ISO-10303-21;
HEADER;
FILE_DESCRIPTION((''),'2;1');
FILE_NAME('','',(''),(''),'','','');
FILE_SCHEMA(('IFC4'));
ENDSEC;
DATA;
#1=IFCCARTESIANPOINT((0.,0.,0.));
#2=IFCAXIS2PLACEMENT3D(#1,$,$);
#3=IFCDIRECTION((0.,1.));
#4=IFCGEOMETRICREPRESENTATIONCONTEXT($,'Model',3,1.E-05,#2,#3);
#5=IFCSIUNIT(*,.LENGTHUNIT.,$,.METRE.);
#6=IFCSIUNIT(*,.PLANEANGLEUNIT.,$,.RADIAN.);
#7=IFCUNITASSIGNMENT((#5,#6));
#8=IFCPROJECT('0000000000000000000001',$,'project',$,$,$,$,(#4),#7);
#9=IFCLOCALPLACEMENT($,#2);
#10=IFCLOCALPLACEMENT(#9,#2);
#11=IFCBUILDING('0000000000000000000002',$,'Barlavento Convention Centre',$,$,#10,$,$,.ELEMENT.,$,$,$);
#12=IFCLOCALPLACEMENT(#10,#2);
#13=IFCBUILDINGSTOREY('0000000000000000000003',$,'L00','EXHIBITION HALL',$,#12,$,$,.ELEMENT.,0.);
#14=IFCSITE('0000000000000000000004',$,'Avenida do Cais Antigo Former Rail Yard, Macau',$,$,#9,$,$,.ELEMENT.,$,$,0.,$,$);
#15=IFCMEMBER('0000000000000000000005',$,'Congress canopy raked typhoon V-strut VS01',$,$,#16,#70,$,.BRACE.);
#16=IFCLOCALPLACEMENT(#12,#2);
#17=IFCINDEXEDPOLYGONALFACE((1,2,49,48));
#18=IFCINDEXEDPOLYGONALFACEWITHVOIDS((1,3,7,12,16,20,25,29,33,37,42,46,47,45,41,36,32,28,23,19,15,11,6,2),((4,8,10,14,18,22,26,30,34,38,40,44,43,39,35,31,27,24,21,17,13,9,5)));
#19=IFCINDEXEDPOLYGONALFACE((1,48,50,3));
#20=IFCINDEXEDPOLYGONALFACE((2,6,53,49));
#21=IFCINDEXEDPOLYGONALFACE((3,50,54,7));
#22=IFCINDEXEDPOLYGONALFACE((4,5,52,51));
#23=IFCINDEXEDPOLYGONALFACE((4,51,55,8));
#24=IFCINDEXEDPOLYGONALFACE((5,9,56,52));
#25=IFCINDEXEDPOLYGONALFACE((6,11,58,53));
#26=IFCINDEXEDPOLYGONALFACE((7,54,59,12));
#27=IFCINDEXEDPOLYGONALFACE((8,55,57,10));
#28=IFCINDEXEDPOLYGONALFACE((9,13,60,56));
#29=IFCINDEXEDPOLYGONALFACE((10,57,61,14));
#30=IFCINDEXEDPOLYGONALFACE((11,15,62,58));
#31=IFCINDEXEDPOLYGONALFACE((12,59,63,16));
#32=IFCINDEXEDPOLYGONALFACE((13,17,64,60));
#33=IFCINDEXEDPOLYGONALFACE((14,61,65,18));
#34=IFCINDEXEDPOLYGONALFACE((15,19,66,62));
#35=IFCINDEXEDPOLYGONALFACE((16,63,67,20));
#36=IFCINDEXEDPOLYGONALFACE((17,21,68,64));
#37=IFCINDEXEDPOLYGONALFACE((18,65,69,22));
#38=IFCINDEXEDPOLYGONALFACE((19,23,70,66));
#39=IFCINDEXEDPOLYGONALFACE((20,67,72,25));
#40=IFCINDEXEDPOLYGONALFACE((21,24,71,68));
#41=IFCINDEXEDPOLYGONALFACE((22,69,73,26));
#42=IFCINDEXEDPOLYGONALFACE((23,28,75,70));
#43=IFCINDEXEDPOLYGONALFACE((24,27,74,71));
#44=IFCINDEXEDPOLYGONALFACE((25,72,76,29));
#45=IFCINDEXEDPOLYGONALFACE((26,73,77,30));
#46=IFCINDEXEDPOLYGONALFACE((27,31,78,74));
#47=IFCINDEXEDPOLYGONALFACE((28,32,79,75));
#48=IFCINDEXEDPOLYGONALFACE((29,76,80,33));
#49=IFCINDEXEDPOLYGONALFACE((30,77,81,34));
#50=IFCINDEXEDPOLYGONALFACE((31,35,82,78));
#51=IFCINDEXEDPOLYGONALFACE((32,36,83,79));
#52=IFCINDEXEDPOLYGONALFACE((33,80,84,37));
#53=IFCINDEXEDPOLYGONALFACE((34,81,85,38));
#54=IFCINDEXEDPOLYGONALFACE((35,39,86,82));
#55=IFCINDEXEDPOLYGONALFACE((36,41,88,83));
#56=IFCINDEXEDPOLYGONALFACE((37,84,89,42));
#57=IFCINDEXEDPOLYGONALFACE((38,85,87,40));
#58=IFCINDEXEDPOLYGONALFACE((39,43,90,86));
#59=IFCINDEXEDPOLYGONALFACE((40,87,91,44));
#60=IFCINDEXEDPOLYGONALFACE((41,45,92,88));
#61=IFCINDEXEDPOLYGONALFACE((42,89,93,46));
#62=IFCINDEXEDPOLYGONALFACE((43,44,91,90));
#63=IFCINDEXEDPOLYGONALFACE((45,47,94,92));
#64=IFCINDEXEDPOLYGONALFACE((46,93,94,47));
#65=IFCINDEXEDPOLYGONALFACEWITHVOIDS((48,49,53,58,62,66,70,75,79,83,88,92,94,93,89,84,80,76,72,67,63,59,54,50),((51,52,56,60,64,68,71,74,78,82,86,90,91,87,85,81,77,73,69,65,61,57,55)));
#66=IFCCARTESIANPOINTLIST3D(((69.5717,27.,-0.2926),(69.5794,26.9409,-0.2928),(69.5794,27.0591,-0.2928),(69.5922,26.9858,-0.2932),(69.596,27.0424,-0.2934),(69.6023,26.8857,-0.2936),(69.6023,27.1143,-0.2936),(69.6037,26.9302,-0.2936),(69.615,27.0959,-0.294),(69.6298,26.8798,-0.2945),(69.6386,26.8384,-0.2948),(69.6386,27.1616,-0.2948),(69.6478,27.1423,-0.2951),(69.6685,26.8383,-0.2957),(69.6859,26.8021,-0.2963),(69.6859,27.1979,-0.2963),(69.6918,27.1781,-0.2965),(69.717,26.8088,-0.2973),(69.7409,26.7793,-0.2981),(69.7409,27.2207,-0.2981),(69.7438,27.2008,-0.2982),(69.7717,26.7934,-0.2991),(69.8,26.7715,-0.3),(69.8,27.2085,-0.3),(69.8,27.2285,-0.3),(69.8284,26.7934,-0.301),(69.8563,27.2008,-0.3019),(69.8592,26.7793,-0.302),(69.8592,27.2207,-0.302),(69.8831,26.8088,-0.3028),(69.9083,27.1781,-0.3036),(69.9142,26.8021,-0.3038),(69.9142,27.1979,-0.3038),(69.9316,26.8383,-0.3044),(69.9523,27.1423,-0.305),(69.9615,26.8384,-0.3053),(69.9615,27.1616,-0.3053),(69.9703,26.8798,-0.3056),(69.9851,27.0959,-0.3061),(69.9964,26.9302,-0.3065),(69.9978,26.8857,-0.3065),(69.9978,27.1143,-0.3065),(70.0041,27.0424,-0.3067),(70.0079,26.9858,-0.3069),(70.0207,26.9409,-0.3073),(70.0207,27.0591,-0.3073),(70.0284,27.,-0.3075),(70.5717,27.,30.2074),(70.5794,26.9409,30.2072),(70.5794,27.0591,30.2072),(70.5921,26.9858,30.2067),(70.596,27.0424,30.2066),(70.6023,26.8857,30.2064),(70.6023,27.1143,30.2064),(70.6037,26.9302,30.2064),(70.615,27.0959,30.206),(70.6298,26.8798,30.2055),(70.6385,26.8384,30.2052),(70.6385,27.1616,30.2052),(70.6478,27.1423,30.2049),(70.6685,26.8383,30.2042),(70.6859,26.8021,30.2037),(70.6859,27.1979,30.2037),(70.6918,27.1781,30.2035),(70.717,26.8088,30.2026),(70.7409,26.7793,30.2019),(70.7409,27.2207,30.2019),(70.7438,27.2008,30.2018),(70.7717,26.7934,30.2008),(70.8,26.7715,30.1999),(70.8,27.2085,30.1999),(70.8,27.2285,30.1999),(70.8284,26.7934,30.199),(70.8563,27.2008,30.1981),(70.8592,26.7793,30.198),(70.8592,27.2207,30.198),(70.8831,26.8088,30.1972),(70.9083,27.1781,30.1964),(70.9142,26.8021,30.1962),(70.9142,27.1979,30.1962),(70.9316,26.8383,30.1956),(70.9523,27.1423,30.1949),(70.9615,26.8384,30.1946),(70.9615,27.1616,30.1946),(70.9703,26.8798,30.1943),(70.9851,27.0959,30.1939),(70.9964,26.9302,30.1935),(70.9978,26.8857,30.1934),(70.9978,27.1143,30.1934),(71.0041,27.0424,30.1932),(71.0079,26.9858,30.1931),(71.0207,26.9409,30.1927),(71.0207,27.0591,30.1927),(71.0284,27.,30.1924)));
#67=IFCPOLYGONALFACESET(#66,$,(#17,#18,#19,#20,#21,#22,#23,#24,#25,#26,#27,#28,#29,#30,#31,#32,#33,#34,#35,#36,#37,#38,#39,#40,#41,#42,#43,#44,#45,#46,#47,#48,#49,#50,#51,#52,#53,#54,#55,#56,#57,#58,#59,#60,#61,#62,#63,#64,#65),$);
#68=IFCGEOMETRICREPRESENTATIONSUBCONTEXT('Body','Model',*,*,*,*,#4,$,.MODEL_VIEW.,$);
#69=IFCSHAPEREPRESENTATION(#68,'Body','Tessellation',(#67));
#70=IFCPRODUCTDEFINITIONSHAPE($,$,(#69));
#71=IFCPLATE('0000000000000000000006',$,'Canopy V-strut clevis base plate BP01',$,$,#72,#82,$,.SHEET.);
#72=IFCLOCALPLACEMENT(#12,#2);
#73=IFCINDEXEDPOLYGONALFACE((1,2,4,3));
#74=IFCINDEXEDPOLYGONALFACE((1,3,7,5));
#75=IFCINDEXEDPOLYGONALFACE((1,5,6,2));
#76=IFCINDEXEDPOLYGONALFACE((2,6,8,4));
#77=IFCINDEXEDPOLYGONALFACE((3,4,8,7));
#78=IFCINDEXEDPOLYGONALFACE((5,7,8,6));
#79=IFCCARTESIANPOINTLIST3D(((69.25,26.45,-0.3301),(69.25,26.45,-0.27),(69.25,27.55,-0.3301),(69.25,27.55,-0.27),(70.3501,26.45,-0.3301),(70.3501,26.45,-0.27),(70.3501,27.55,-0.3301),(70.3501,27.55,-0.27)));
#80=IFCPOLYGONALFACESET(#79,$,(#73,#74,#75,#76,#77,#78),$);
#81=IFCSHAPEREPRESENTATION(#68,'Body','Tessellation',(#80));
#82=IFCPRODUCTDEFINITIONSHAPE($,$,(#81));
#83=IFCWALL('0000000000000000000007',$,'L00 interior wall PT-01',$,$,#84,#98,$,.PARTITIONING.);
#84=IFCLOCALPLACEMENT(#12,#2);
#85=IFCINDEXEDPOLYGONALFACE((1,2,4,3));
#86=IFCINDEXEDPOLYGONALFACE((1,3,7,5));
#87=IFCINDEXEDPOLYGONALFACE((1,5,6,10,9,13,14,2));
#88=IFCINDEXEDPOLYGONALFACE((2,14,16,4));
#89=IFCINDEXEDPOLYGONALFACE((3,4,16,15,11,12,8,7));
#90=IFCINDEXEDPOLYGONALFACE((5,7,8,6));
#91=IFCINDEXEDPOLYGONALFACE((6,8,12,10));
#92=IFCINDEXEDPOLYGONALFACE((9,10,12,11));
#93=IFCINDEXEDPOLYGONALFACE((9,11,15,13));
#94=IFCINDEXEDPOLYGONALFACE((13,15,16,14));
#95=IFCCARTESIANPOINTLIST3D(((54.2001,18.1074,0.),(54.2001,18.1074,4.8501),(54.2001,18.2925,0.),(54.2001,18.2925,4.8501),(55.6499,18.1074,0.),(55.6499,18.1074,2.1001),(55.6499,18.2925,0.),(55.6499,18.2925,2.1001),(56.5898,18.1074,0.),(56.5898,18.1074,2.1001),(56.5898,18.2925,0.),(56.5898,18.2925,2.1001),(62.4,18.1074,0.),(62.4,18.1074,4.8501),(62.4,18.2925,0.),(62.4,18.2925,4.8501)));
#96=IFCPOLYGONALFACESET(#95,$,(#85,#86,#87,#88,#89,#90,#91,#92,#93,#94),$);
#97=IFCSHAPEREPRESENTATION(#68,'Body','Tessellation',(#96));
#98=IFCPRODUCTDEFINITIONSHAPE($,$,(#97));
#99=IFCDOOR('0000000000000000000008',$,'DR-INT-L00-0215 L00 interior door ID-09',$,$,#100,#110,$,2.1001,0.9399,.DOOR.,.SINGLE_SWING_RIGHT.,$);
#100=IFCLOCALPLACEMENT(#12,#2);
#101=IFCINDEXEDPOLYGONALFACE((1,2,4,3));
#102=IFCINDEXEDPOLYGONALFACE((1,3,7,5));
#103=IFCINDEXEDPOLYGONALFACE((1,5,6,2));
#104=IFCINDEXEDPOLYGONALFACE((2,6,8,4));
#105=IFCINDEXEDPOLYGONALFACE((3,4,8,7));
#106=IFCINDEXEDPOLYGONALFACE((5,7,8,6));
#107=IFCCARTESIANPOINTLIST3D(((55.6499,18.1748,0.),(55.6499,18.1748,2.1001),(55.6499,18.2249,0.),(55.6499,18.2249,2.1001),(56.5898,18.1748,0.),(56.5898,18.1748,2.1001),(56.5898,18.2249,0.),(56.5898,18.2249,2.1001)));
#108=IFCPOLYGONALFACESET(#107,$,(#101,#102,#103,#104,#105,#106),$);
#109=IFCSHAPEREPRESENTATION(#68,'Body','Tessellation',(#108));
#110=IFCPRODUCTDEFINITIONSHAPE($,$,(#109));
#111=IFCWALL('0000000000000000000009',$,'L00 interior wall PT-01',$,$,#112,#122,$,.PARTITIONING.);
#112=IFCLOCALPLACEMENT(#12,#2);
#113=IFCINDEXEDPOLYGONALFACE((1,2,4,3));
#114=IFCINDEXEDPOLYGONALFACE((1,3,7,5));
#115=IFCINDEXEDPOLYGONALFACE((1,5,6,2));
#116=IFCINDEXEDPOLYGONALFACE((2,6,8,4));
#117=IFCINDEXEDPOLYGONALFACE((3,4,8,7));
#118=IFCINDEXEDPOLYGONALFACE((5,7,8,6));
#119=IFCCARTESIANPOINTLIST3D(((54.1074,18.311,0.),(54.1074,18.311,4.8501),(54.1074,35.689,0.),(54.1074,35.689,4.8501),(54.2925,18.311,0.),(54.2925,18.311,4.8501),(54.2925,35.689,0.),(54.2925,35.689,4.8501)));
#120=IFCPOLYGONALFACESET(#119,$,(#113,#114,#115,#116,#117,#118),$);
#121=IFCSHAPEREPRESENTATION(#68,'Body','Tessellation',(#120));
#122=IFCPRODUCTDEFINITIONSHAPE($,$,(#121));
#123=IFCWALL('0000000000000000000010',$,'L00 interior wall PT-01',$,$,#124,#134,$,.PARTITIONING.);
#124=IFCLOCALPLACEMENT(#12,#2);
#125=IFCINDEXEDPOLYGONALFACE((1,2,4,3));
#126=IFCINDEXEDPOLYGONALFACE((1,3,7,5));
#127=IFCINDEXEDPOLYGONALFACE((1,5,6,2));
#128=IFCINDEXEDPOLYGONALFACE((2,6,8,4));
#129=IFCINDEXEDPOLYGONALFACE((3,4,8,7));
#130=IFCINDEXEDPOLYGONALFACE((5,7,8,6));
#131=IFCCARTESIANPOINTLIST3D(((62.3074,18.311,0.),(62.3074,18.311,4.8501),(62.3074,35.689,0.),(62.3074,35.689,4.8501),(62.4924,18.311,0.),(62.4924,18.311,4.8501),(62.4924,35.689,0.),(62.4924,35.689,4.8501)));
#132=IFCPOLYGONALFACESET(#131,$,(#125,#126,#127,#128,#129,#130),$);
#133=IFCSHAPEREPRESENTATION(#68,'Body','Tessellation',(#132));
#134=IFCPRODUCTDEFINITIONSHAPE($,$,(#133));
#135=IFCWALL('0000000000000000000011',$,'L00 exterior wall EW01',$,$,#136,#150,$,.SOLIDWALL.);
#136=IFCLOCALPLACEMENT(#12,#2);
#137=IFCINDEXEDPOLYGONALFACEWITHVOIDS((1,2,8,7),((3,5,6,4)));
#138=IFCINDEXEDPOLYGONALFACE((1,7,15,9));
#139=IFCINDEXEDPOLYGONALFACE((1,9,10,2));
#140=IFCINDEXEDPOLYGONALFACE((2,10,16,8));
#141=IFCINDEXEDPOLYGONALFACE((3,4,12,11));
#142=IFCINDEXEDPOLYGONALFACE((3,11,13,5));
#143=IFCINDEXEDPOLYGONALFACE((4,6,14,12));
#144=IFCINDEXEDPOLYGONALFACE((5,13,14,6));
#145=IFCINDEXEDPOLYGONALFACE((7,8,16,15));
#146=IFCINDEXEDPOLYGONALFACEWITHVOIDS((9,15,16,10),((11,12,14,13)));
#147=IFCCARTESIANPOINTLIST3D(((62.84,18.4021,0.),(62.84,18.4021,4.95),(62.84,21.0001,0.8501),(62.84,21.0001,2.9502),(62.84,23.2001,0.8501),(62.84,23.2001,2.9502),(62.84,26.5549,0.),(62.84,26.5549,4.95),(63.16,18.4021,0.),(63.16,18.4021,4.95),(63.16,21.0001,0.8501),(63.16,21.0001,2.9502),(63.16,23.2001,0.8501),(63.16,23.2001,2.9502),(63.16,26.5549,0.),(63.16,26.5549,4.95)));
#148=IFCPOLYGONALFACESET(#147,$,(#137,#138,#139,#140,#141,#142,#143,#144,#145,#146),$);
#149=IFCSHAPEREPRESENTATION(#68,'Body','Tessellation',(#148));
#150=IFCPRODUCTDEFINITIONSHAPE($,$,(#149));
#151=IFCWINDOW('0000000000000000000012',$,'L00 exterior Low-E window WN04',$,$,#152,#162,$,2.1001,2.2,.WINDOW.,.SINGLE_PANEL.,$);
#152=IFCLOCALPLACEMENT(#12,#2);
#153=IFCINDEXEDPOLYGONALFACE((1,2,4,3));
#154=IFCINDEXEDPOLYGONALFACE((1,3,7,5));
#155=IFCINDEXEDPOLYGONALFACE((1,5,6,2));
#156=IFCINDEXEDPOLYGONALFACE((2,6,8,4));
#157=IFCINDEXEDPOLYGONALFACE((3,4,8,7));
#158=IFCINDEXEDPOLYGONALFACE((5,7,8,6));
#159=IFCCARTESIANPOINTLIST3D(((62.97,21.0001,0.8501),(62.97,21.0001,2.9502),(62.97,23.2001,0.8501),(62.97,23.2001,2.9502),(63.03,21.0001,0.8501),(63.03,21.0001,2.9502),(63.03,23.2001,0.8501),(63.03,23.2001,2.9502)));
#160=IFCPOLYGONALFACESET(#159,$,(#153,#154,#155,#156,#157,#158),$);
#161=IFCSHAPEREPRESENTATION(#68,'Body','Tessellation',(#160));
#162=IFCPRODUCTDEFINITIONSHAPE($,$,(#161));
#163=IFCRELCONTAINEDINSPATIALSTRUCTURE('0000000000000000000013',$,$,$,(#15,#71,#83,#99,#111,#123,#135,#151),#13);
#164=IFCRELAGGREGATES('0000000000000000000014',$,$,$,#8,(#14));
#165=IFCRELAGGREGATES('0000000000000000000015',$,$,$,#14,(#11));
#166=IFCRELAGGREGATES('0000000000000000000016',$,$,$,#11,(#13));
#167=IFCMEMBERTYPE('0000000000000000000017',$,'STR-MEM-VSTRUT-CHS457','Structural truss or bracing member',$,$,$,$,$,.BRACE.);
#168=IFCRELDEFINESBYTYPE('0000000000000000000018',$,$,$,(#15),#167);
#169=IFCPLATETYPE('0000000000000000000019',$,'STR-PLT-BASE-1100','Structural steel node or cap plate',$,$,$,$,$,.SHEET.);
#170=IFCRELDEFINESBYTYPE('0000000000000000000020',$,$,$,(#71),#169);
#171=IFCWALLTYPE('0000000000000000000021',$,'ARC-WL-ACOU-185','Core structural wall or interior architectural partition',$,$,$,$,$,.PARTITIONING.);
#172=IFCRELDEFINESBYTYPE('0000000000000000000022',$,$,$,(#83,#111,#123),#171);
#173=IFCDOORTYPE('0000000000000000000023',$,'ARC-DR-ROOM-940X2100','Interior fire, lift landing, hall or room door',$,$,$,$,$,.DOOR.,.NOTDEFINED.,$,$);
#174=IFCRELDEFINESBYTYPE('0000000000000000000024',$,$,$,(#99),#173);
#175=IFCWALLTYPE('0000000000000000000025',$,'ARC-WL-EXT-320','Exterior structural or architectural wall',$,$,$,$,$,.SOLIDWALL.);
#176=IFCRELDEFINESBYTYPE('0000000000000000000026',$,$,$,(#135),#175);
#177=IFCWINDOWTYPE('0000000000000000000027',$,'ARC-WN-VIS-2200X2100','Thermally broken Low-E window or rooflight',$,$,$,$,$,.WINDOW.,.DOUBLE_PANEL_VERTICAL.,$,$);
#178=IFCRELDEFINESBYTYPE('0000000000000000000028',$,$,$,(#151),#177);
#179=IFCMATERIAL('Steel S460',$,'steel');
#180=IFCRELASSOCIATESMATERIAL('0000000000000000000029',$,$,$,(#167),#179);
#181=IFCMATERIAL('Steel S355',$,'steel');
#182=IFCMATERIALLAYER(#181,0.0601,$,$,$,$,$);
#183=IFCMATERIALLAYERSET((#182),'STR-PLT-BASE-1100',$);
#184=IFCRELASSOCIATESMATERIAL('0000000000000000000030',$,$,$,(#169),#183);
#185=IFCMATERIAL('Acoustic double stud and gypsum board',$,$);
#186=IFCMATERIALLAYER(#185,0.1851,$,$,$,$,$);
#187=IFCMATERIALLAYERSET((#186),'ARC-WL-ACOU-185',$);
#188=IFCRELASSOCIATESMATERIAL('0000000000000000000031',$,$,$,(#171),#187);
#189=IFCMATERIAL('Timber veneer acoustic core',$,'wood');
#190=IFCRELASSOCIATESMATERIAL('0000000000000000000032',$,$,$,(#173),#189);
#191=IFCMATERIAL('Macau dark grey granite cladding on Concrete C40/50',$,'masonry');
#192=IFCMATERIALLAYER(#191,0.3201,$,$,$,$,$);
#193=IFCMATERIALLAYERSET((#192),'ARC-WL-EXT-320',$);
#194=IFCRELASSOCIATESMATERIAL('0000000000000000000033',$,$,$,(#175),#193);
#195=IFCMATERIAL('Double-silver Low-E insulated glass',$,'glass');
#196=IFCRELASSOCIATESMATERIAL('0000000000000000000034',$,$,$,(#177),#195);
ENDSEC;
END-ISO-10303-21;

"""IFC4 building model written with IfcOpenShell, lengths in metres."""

from ifc_helpers import new_model, si_unit, direction, frame, frame_2d, origin, origin_2d, place, context, subcontext, project, spatial, rectangle, hollow_circle, extrude, material, layer, layer_set, material_profile, profile_set, type_object, element, fill, save


model = new_model("IFC4")

# Units and contexts
model_context = context("Model", 3, precision=1e-05, world=origin(), true_north=direction((0.0, 1.0)))
body_context = subcontext(model_context, "Body", "Model", "MODEL_VIEW")
ifc_project = project(units=[si_unit("LENGTHUNIT", "METRE"), si_unit("PLANEANGLEUNIT", "RADIAN")], contexts=[model_context])

# Site, building, storey
site_placement = place(None, origin())
site = spatial("IfcSite", under=ifc_project, at=site_placement, Name="Avenida do Cais Antigo Former Rail Yard, Macau", CompositionType="ELEMENT", RefElevation=0.0)
building_placement = place(site_placement, origin())
building = spatial("IfcBuilding", under=site, at=building_placement, Name="Barlavento Convention Centre", CompositionType="ELEMENT")
storey_placement = place(building_placement, origin())
storey = spatial("IfcBuildingStorey", under=building, at=storey_placement, Name="L00", Description="EXHIBITION HALL", CompositionType="ELEMENT", Elevation=0.0)

# Shared definitions
ifc_material_1 = material(Name="Steel S355", Category="steel")

# Member
ifc_material_2 = material(Name="Steel S460", Category="steel")
ifc_material_profile_1 = material_profile(ifc_material_2, hollow_circle(Radius=0.2285, WallThickness=0.02, at=origin_2d()), Name="CHS 457.0x20.0")
ifc_profile_set_1 = profile_set([ifc_material_profile_1], Name="Steel S460")
member_type_1 = type_object("IfcMemberType", Name="STR-MEM-VSTRUT-CHS457", Description="Structural truss or bracing member", PredefinedType="BRACE", material=ifc_profile_set_1)
member_1_placement = place(storey_placement, frame((69.8, 27.0, -0.3), z_axis=(0.032769, 0.0, 0.999463), x_axis=(0.0, 1.0, 0.0)))
element("IfcMember", 1, at=member_1_placement, inside=storey, type_object=member_type_1, Name="Congress canopy raked typhoon V-strut VS01", PredefinedType="BRACE", context=body_context, shape_type="SweptSolid", body=[
    extrude(hollow_circle(Radius=0.2285, WallThickness=0.02, at=origin_2d()), origin(), (0.0, 0.0, 1.0), 30.5164),
])

# Plate
ifc_layer_1 = layer(ifc_material_1, 0.0601)
ifc_layer_set_1 = layer_set([ifc_layer_1], Name="STR-PLT-BASE-1100")
plate_type = type_object("IfcPlateType", Name="STR-PLT-BASE-1100", Description="Structural steel node or cap plate", PredefinedType="SHEET", material=ifc_layer_set_1)
plate_placement = place(storey_placement, frame((69.8, 27.0, -0.3301), z_axis=(0.0, 0.0, 1.0), x_axis=(1.0, 0.0, 0.0)))
element("IfcPlate", 2, at=plate_placement, inside=storey, type_object=plate_type, Name="Canopy V-strut clevis base plate BP01", PredefinedType="SHEET", context=body_context, shape_type="SweptSolid", body=[
    extrude(rectangle(XDim=1.1001, YDim=1.1001, at=origin_2d()), origin(), (0.0, 0.0, 1.0), 0.0601),
])

# Wall, opening, door
ifc_material_3 = material(Name="Acoustic double stud and gypsum board")
ifc_layer_2 = layer(ifc_material_3, 0.1851)
ifc_layer_set_2 = layer_set([ifc_layer_2], Name="ARC-WL-ACOU-185")
wall_type_1 = type_object("IfcWallType", Name="ARC-WL-ACOU-185", Description="Core structural wall or interior architectural partition", PredefinedType="PARTITIONING", material=ifc_layer_set_2)
wall_1_placement = place(storey_placement, frame((54.2, 18.2, 0.0), z_axis=(0.0, 0.0, 1.0), x_axis=(1.0, 0.0, 0.0)))
wall_1 = element("IfcWall", 3, at=wall_1_placement, inside=storey, type_object=wall_type_1, Name="L00 interior wall PT-01", PredefinedType="PARTITIONING", context=body_context, shape_type="SweptSolid", body=[
    extrude(rectangle(XDim=8.2, YDim=0.1851, at=frame_2d((4.1001, 0.0))), origin(), (0.0, 0.0, 1.0), 4.8501),
])
opening_1_placement = place(wall_1_placement, frame((1.45, 0.0, 0.0)))
opening_1 = element("IfcOpeningElement", 4, at=opening_1_placement, cuts=wall_1, PredefinedType="OPENING", context=body_context, shape_type="SweptSolid", body=[
    extrude(rectangle(XDim=0.9399, YDim=2.1001, at=frame_2d((0.47, 1.05))), frame((0.0, 0.1025, 0.0), z_axis=(0.0, -1.0, 0.0), x_axis=(1.0, 0.0, 0.0)), (0.0, 0.0, 1.0), 0.2051),
])
ifc_material_4 = material(Name="Timber veneer acoustic core", Category="wood")
door_type = type_object("IfcDoorType", Name="ARC-DR-ROOM-940X2100", Description="Interior fire, lift landing, hall or room door", OperationType="NOTDEFINED", PredefinedType="DOOR", material=ifc_material_4)
door_placement = place(opening_1_placement, origin())
door = element("IfcDoor", 5, at=door_placement, inside=storey, type_object=door_type, Name="DR-INT-L00-0215 L00 interior door ID-09", OperationType="SINGLE_SWING_RIGHT", OverallHeight=2.1001, OverallWidth=0.9399, PredefinedType="DOOR", context=body_context, shape_type="SweptSolid", body=[
    extrude(rectangle(XDim=0.9399, YDim=2.1001, at=frame_2d((0.47, 1.05))), frame((0.0, 0.0249, 0.0), z_axis=(0.0, -1.0, 0.0), x_axis=(1.0, 0.0, 0.0)), (0.0, 0.0, 1.0), 0.05),
])
fill(opening_1, door)

# Walls
for number, where, z_axis, x_axis, name in (
    (6, (54.2, 18.311, 0.0), (0.0, 0.0, 1.0), (0.0, 1.0, 0.0), "L00 interior wall PT-01"),
    (7, (62.3999, 18.311, 0.0), (0.0, 0.0, 1.0), (0.0, 1.0, 0.0), "L00 interior wall PT-01"),
):
    element("IfcWall", number, at=place(storey_placement, frame(where, z_axis=z_axis, x_axis=x_axis)), inside=storey, type_object=wall_type_1, Name=name, PredefinedType="PARTITIONING", context=body_context, shape_type="SweptSolid", body=[
        extrude(rectangle(XDim=17.3779, YDim=0.1851, at=frame_2d((8.689, 0.0))), origin(), (0.0, 0.0, 1.0), 4.8501),
    ])

# Wall, opening, window
ifc_material_5 = material(Name="Macau dark grey granite cladding on Concrete C40/50", Category="masonry")
ifc_layer_3 = layer(ifc_material_5, 0.3201)
ifc_layer_set_3 = layer_set([ifc_layer_3], Name="ARC-WL-EXT-320")
wall_type_2 = type_object("IfcWallType", Name="ARC-WL-EXT-320", Description="Exterior structural or architectural wall", PredefinedType="SOLIDWALL", material=ifc_layer_set_3)
wall_2_placement = place(storey_placement, frame((63.0, 18.4021, 0.0), z_axis=(0.0, 0.0, 1.0), x_axis=(0.0, 1.0, 0.0)))
wall_2 = element("IfcWall", 8, at=wall_2_placement, inside=storey, type_object=wall_type_2, Name="L00 exterior wall EW01", PredefinedType="SOLIDWALL", context=body_context, shape_type="SweptSolid", body=[
    extrude(rectangle(XDim=8.1528, YDim=0.3201, at=frame_2d((4.0764, 0.0))), origin(), (0.0, 0.0, 1.0), 4.95),
])
opening_2_placement = place(wall_2_placement, frame((2.5979, 0.0, 0.8501)))
opening_2 = element("IfcOpeningElement", 9, at=opening_2_placement, cuts=wall_2, PredefinedType="OPENING", context=body_context, shape_type="SweptSolid", body=[
    extrude(rectangle(XDim=2.2, YDim=2.1001, at=frame_2d((1.1001, 1.05))), frame((0.0, 0.1699, 0.0), z_axis=(0.0, -1.0, 0.0), x_axis=(1.0, 0.0, 0.0)), (0.0, 0.0, 1.0), 0.3401),
])
ifc_material_6 = material(Name="Double-silver Low-E insulated glass", Category="glass")
window_type_1 = type_object("IfcWindowType", Name="ARC-WN-VIS-2200X2100", Description="Thermally broken Low-E window or rooflight", PartitioningType="DOUBLE_PANEL_VERTICAL", PredefinedType="WINDOW", material=ifc_material_6)
window_1_placement = place(opening_2_placement, origin())
window_1 = element("IfcWindow", 10, at=window_1_placement, inside=storey, type_object=window_type_1, Name="L00 exterior Low-E window WN04", OverallHeight=2.1001, OverallWidth=2.2, PartitioningType="SINGLE_PANEL", PredefinedType="WINDOW", context=body_context, shape_type="SweptSolid", body=[
    extrude(rectangle(XDim=2.2, YDim=2.1001, at=frame_2d((1.1001, 1.05))), frame((0.0, 0.03, 0.0), z_axis=(0.0, -1.0, 0.0), x_axis=(1.0, 0.0, 0.0)), (0.0, 0.0, 1.0), 0.0601),
])
fill(opening_2, window_1)

save(model, "model.ifc")
